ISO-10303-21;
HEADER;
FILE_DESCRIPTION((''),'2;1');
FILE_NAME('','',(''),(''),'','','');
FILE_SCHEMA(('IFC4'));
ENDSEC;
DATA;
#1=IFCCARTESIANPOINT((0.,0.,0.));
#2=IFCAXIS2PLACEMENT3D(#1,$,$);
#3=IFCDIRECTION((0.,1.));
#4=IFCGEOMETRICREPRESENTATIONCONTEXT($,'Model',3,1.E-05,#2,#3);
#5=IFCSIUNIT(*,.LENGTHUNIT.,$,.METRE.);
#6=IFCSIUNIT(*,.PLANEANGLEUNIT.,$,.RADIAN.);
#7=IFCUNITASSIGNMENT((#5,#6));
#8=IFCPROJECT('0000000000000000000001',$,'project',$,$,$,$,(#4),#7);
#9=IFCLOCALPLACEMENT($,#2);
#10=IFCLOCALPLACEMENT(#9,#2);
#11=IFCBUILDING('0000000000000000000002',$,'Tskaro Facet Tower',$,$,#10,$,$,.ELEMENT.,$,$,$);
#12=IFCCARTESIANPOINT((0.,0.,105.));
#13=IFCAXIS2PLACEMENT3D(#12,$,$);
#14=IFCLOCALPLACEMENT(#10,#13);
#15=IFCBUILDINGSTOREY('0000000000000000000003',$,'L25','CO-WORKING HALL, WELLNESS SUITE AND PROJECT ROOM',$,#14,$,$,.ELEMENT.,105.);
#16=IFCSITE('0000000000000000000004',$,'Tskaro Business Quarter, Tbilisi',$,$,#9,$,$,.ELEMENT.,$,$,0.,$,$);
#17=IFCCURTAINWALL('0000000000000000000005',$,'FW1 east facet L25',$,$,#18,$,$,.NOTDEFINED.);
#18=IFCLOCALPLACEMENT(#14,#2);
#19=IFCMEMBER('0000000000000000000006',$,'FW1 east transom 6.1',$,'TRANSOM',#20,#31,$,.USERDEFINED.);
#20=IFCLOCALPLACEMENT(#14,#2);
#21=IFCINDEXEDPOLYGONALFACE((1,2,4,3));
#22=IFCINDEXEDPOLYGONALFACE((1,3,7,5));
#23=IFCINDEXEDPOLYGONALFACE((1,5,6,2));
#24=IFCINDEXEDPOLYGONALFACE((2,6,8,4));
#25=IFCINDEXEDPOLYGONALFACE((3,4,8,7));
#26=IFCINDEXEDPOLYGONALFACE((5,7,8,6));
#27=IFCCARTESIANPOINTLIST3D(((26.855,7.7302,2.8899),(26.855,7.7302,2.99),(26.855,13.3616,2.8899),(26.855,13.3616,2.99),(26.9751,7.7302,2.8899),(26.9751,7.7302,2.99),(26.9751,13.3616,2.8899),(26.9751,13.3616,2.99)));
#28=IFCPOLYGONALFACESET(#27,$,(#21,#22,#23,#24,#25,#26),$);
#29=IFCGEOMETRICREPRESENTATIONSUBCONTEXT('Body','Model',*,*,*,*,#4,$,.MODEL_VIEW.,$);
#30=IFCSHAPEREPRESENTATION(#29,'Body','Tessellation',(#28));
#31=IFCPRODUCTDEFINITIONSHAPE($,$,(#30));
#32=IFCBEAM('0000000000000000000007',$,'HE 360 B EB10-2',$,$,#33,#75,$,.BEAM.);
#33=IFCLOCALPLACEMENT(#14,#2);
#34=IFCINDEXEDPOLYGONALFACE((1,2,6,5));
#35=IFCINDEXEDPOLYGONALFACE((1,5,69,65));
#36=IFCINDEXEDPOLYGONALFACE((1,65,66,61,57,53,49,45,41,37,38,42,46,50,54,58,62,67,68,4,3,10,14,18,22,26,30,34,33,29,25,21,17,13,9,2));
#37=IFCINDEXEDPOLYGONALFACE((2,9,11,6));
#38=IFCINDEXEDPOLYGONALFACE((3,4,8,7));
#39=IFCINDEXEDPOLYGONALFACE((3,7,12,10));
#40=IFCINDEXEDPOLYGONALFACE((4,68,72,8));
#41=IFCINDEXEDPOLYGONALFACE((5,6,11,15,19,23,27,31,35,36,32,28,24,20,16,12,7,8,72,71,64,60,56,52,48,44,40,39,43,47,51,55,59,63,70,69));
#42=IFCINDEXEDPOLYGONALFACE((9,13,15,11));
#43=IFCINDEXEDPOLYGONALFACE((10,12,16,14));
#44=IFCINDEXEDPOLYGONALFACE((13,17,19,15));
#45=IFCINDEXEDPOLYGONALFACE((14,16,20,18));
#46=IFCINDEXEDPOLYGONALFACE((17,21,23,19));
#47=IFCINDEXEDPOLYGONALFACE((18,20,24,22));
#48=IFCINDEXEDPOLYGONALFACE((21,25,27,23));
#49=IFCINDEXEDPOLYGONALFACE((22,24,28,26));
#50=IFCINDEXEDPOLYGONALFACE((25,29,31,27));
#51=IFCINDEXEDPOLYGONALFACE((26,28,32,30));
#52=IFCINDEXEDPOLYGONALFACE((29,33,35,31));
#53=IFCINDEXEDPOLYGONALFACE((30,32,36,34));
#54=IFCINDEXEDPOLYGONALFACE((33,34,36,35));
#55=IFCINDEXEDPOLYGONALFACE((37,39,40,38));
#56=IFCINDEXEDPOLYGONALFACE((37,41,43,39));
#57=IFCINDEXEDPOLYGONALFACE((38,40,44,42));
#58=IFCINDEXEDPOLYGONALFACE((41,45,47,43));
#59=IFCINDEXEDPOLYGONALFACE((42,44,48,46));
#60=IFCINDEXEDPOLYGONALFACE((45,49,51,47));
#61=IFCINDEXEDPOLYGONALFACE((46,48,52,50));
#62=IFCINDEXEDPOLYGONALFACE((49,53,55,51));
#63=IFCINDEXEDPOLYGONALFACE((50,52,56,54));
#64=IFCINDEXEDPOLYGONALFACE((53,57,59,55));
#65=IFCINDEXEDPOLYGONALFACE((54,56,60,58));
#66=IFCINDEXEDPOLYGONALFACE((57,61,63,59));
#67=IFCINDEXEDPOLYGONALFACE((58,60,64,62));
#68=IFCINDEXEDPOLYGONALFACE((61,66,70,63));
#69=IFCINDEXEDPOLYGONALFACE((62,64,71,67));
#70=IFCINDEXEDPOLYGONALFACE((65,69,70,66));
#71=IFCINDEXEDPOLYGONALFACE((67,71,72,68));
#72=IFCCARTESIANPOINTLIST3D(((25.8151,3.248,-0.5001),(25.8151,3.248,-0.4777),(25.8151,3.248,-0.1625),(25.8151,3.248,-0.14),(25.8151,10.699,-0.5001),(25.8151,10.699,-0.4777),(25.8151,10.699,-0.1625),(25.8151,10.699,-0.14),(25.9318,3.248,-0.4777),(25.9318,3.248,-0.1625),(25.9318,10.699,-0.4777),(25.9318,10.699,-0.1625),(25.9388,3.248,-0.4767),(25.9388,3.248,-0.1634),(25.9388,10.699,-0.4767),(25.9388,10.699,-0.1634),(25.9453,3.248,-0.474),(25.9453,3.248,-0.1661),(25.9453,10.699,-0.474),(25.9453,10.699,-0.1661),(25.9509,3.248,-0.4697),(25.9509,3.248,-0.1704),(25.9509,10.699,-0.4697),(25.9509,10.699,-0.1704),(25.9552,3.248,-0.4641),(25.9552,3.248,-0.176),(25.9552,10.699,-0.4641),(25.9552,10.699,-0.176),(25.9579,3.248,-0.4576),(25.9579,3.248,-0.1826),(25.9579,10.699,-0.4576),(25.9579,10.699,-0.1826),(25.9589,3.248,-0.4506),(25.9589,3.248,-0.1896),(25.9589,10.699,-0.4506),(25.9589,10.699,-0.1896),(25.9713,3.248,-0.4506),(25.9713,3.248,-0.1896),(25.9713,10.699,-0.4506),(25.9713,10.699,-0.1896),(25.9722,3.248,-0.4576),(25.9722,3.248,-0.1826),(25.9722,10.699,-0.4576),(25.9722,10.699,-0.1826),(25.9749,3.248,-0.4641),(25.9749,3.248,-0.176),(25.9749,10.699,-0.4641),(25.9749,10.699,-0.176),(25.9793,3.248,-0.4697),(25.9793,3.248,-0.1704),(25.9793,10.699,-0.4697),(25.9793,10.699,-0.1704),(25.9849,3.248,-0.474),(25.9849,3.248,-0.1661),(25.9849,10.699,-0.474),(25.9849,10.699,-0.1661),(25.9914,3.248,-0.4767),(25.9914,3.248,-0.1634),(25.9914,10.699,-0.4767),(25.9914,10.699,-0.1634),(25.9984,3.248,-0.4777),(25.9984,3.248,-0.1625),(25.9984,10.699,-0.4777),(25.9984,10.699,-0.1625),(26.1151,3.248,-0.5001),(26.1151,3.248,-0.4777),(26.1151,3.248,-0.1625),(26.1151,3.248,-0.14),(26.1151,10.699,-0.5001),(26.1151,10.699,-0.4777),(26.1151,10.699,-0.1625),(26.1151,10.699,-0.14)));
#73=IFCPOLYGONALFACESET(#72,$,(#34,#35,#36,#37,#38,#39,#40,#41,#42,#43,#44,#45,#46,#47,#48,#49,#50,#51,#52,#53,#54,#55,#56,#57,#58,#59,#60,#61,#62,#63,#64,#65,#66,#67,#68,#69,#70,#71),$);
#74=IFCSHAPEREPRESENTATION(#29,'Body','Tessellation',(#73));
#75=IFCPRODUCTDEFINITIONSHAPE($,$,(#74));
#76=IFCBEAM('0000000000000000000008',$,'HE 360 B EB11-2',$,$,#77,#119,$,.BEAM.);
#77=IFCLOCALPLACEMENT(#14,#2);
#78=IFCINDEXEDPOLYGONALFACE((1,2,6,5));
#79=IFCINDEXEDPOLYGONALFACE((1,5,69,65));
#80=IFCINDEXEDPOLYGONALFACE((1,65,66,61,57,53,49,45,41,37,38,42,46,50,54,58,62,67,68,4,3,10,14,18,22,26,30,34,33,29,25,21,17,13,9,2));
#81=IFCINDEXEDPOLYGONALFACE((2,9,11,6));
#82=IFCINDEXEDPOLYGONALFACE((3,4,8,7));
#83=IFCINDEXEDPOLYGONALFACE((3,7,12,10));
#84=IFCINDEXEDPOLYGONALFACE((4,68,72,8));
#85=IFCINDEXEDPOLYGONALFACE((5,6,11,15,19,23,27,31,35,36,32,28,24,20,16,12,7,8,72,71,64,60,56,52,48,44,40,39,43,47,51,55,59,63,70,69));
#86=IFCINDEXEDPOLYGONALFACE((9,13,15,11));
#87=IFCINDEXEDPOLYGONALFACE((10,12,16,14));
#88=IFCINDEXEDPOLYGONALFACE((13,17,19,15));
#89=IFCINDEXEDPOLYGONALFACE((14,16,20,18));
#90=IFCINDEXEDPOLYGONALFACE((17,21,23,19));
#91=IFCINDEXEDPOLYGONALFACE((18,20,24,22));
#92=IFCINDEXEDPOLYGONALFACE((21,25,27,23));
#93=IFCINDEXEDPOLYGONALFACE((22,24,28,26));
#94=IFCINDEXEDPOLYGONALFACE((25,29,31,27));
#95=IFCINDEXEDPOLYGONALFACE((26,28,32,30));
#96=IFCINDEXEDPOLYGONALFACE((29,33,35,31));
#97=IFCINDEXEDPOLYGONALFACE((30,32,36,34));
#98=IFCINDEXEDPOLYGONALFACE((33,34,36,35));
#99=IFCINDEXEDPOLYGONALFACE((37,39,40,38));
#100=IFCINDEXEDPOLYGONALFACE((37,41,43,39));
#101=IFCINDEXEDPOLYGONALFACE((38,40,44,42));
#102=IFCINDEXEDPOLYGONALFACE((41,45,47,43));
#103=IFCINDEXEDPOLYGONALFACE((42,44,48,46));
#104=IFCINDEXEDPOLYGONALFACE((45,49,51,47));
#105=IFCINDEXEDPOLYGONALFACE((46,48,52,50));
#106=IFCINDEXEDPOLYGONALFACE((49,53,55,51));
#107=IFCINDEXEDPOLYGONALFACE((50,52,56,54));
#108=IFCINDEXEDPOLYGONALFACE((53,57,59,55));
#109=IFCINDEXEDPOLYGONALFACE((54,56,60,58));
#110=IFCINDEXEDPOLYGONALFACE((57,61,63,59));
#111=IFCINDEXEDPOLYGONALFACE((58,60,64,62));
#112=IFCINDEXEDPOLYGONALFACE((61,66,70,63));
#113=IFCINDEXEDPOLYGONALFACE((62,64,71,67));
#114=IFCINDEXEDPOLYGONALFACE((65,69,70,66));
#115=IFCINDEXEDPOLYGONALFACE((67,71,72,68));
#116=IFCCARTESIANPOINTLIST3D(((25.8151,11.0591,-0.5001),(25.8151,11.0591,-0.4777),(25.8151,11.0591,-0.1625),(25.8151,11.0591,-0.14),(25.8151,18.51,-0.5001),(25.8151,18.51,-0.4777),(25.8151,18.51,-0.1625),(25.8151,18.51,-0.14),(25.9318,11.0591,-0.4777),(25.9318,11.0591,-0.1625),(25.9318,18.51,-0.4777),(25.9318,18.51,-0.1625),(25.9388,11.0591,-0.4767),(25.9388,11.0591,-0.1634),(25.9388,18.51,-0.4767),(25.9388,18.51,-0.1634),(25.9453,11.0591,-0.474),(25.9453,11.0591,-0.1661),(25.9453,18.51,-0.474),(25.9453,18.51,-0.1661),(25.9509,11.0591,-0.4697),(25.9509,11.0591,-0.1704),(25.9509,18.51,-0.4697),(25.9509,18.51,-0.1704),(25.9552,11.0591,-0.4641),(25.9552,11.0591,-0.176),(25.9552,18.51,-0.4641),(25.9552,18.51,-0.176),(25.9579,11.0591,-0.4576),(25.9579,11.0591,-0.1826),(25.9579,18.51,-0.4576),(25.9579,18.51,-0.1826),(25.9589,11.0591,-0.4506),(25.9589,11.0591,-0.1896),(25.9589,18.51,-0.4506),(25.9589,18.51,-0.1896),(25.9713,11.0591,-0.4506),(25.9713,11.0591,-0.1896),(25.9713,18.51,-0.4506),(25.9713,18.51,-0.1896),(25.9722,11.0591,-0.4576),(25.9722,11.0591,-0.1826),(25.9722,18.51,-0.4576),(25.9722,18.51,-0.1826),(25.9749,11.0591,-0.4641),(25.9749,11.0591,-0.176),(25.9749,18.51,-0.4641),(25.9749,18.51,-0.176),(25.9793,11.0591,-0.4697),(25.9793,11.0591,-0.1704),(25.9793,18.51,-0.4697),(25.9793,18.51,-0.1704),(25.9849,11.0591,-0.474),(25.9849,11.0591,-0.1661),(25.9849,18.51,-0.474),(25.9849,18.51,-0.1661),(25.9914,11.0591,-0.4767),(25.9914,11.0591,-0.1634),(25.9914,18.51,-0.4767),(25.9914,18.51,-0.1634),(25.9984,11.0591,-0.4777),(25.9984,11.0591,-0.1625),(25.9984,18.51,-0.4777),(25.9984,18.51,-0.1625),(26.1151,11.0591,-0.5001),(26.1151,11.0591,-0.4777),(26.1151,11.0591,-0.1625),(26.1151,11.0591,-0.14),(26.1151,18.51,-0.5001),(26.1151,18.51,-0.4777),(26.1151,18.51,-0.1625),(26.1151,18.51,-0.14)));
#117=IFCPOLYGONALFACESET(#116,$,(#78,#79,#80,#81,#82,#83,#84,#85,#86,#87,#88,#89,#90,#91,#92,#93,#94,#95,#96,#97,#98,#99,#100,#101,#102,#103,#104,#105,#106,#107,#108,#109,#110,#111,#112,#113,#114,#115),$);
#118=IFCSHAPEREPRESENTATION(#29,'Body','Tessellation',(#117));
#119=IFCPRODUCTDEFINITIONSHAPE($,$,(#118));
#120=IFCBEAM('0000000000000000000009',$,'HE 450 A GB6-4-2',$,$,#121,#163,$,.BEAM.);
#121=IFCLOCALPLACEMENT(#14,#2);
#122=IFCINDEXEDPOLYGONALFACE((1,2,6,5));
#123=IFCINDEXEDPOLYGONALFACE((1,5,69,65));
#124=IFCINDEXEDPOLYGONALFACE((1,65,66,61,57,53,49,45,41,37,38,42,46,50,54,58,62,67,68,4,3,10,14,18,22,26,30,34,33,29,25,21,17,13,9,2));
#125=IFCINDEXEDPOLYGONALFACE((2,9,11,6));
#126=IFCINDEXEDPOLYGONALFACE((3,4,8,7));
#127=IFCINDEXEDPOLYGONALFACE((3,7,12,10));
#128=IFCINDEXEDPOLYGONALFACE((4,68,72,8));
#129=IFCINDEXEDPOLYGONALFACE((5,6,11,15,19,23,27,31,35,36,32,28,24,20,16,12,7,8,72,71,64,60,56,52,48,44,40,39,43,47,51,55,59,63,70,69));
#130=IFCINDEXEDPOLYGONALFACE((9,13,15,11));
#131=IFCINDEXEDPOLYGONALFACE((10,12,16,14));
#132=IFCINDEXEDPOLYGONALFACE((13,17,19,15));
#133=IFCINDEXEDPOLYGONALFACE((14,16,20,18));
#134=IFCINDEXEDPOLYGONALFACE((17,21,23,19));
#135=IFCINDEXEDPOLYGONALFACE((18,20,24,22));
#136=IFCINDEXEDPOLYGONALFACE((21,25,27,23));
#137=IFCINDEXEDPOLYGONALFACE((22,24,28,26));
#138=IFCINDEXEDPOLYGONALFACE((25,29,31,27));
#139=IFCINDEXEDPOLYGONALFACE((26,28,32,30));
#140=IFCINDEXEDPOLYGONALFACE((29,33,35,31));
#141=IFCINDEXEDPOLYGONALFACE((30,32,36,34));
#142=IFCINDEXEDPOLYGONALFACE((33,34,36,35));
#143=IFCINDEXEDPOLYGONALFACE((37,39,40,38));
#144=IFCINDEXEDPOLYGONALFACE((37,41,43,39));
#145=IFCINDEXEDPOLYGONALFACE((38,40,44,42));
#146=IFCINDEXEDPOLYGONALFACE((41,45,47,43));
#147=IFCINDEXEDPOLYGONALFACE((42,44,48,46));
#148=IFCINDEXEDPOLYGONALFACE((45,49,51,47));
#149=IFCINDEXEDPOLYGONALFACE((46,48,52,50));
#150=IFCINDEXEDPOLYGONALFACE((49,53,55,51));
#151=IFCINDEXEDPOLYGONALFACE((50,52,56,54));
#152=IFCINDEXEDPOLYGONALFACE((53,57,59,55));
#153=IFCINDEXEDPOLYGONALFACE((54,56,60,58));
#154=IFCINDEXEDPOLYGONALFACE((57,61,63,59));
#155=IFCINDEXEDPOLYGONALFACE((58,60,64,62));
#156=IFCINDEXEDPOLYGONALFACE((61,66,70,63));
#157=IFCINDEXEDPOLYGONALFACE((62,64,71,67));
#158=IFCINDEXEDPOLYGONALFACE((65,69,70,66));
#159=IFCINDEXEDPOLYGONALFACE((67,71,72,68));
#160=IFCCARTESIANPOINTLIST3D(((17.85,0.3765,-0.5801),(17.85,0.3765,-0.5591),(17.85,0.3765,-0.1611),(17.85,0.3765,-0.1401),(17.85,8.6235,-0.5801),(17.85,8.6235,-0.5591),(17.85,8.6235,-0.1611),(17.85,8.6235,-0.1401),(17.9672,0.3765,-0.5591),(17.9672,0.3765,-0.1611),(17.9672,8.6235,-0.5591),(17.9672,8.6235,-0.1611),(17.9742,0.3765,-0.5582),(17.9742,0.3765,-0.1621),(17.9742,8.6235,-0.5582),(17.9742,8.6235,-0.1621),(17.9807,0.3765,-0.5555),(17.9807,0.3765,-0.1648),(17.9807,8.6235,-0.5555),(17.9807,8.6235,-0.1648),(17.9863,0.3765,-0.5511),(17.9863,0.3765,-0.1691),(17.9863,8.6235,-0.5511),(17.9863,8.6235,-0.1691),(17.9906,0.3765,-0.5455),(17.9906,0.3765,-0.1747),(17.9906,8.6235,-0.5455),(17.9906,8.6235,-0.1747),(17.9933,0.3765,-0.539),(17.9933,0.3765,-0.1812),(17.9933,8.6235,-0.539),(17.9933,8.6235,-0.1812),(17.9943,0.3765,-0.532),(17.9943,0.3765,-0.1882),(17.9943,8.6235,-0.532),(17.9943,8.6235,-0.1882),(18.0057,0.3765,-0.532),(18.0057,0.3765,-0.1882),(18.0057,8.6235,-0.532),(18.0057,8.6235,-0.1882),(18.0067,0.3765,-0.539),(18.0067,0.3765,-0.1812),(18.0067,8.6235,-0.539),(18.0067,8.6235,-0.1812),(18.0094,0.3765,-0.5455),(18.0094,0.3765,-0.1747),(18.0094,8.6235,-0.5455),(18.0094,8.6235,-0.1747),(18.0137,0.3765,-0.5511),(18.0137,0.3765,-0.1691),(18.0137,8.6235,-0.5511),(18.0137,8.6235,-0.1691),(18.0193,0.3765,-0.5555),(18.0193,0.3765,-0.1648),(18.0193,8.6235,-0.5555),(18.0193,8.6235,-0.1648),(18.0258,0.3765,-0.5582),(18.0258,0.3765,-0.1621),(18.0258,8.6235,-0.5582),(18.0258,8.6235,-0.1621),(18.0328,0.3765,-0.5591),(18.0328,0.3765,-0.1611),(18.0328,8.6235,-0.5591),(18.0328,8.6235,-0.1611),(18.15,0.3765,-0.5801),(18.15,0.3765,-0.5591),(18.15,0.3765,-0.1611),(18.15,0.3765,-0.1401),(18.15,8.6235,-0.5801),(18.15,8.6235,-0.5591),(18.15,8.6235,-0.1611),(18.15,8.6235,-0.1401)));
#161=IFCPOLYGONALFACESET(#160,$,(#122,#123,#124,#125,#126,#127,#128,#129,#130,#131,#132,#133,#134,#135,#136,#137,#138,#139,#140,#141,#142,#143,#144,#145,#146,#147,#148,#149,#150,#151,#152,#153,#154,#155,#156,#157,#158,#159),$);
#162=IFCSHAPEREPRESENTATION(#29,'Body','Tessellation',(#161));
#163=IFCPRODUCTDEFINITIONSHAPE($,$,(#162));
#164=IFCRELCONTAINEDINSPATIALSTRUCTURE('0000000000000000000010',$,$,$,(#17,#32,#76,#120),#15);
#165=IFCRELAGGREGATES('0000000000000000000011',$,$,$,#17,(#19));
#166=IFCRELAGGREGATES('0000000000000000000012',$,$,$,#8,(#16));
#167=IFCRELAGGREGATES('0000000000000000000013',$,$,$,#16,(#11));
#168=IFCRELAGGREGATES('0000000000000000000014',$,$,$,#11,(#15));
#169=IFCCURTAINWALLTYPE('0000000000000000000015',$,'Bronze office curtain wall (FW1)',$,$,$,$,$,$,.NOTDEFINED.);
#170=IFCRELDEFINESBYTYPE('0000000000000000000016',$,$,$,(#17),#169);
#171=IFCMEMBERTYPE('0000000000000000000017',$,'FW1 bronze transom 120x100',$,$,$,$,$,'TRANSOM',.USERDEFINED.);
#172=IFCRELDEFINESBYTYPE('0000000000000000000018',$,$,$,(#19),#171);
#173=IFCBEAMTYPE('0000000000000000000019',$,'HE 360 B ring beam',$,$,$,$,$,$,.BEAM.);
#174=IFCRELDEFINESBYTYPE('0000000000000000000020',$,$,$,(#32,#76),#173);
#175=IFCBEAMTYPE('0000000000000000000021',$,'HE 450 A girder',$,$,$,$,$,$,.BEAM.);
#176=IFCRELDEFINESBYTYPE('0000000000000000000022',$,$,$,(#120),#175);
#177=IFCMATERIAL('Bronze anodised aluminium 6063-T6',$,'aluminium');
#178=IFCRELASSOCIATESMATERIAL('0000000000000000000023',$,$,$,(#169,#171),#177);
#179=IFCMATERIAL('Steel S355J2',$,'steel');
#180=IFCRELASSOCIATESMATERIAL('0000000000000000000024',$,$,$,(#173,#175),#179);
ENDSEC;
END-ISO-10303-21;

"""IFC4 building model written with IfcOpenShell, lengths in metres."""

from ifc_helpers import new_model, si_unit, direction, frame, origin, origin_2d, place, context, subcontext, project, spatial, rectangle, i_section, extrude, material, material_profile, profile_set, type_object, element, aggregate, save


model = new_model("IFC4")

# Units and contexts
model_context = context("Model", 3, precision=1e-05, world=origin(), true_north=direction((0.0, 1.0)))
body_context = subcontext(model_context, "Body", "Model", "MODEL_VIEW")
ifc_project = project(units=[si_unit("LENGTHUNIT", "METRE"), si_unit("PLANEANGLEUNIT", "RADIAN")], contexts=[model_context])

# Site, building, storey
site_placement = place(None, origin())
site = spatial("IfcSite", under=ifc_project, at=site_placement, Name="Tskaro Business Quarter, Tbilisi", CompositionType="ELEMENT", RefElevation=0.0)
building_placement = place(site_placement, origin())
building = spatial("IfcBuilding", under=site, at=building_placement, Name="Tskaro Facet Tower", CompositionType="ELEMENT")
storey_placement = place(building_placement, frame((0.0, 0.0, 105.0)))
storey = spatial("IfcBuildingStorey", under=building, at=storey_placement, Name="L25", Description="CO-WORKING HALL, WELLNESS SUITE AND PROJECT ROOM", CompositionType="ELEMENT", Elevation=105.0)

# Curtain wall, member
ifc_material_1 = material(Name="Bronze anodised aluminium 6063-T6", Category="aluminium")
curtain_wall_type = type_object("IfcCurtainWallType", Name="Bronze office curtain wall (FW1)", PredefinedType="NOTDEFINED", material=ifc_material_1)
curtain_wall_placement = place(storey_placement, origin())
curtain_wall = element("IfcCurtainWall", 1, at=curtain_wall_placement, inside=storey, type_object=curtain_wall_type, Name="FW1 east facet L25", PredefinedType="NOTDEFINED")
ifc_material_profile_1 = material_profile(ifc_material_1, rectangle(XDim=0.1201, YDim=0.1001, at=origin_2d()), Name="Transom 120x100")
ifc_profile_set_1 = profile_set([ifc_material_profile_1], Name="Bronze anodised aluminium 6063-T6")
member_type_1 = type_object("IfcMemberType", Name="FW1 bronze transom 120x100", ElementType="TRANSOM", PredefinedType="USERDEFINED", material=ifc_profile_set_1)
member_1_placement = place(storey_placement, frame((26.915, 7.7302, 2.9399), z_axis=(0.0, 1.0, 0.0), x_axis=(-1.0, 0.0, 0.0)))
member_1 = element("IfcMember", 2, at=member_1_placement, type_object=member_type_1, Name="FW1 east transom 6.1", ObjectType="TRANSOM", PredefinedType="USERDEFINED", context=body_context, shape_type="SweptSolid", body=[
    extrude(rectangle(XDim=0.1201, YDim=0.1001, at=origin_2d()), origin(), (0.0, 0.0, 1.0), 5.6313),
])

# Beams
ifc_material_2 = material(Name="Steel S355J2", Category="steel")
ifc_material_profile_2 = material_profile(ifc_material_2, i_section(OverallWidth=0.3, OverallDepth=0.3601, WebThickness=0.0125, FlangeThickness=0.0225, FilletRadius=0.0271, at=origin_2d()), Name="HE 360 B")
ifc_profile_set_2 = profile_set([ifc_material_profile_2], Name="Steel S355J2")
beam_type_1 = type_object("IfcBeamType", Name="HE 360 B ring beam", PredefinedType="BEAM", material=ifc_profile_set_2)
for number, where, z_axis, x_axis, name in (
    (3, (25.9651, 3.248, -0.3201), (0.0, 1.0, 0.0), (-1.0, 0.0, 0.0), "HE 360 B EB10-2"),
    (4, (25.9651, 11.0591, -0.3201), (0.0, 1.0, 0.0), (-1.0, 0.0, 0.0), "HE 360 B EB11-2"),
):
    element("IfcBeam", number, at=place(storey_placement, frame(where, z_axis=z_axis, x_axis=x_axis)), inside=storey, type_object=beam_type_1, Name=name, PredefinedType="BEAM", context=body_context, shape_type="SweptSolid", body=[
        extrude(i_section(OverallWidth=0.3, OverallDepth=0.3601, WebThickness=0.0125, FlangeThickness=0.0225, FilletRadius=0.0271, at=origin_2d()), origin(), (0.0, 0.0, 1.0), 7.4509),
    ])
ifc_material_profile_3 = material_profile(ifc_material_2, i_section(OverallWidth=0.3, OverallDepth=0.4399, WebThickness=0.0115, FlangeThickness=0.021, FilletRadius=0.0271, at=origin_2d()), Name="HE 450 A")
ifc_profile_set_3 = profile_set([ifc_material_profile_3], Name="Steel S355J2")
beam_type_2 = type_object("IfcBeamType", Name="HE 450 A girder", PredefinedType="BEAM", material=ifc_profile_set_3)
for number, where, z_axis, x_axis, name in (
    (5, (18.0, 0.3765, -0.3601), (0.0, 1.0, 0.0), (-1.0, 0.0, 0.0), "HE 450 A GB6-4-2"),
):
    element("IfcBeam", number, at=place(storey_placement, frame(where, z_axis=z_axis, x_axis=x_axis)), inside=storey, type_object=beam_type_2, Name=name, PredefinedType="BEAM", context=body_context, shape_type="SweptSolid", body=[
        extrude(i_section(OverallWidth=0.3, OverallDepth=0.4399, WebThickness=0.0115, FlangeThickness=0.021, FilletRadius=0.0271, at=origin_2d()), origin(), (0.0, 0.0, 1.0), 8.2471),
    ])

aggregate(curtain_wall, [member_1])

save(model, "model.ifc")
